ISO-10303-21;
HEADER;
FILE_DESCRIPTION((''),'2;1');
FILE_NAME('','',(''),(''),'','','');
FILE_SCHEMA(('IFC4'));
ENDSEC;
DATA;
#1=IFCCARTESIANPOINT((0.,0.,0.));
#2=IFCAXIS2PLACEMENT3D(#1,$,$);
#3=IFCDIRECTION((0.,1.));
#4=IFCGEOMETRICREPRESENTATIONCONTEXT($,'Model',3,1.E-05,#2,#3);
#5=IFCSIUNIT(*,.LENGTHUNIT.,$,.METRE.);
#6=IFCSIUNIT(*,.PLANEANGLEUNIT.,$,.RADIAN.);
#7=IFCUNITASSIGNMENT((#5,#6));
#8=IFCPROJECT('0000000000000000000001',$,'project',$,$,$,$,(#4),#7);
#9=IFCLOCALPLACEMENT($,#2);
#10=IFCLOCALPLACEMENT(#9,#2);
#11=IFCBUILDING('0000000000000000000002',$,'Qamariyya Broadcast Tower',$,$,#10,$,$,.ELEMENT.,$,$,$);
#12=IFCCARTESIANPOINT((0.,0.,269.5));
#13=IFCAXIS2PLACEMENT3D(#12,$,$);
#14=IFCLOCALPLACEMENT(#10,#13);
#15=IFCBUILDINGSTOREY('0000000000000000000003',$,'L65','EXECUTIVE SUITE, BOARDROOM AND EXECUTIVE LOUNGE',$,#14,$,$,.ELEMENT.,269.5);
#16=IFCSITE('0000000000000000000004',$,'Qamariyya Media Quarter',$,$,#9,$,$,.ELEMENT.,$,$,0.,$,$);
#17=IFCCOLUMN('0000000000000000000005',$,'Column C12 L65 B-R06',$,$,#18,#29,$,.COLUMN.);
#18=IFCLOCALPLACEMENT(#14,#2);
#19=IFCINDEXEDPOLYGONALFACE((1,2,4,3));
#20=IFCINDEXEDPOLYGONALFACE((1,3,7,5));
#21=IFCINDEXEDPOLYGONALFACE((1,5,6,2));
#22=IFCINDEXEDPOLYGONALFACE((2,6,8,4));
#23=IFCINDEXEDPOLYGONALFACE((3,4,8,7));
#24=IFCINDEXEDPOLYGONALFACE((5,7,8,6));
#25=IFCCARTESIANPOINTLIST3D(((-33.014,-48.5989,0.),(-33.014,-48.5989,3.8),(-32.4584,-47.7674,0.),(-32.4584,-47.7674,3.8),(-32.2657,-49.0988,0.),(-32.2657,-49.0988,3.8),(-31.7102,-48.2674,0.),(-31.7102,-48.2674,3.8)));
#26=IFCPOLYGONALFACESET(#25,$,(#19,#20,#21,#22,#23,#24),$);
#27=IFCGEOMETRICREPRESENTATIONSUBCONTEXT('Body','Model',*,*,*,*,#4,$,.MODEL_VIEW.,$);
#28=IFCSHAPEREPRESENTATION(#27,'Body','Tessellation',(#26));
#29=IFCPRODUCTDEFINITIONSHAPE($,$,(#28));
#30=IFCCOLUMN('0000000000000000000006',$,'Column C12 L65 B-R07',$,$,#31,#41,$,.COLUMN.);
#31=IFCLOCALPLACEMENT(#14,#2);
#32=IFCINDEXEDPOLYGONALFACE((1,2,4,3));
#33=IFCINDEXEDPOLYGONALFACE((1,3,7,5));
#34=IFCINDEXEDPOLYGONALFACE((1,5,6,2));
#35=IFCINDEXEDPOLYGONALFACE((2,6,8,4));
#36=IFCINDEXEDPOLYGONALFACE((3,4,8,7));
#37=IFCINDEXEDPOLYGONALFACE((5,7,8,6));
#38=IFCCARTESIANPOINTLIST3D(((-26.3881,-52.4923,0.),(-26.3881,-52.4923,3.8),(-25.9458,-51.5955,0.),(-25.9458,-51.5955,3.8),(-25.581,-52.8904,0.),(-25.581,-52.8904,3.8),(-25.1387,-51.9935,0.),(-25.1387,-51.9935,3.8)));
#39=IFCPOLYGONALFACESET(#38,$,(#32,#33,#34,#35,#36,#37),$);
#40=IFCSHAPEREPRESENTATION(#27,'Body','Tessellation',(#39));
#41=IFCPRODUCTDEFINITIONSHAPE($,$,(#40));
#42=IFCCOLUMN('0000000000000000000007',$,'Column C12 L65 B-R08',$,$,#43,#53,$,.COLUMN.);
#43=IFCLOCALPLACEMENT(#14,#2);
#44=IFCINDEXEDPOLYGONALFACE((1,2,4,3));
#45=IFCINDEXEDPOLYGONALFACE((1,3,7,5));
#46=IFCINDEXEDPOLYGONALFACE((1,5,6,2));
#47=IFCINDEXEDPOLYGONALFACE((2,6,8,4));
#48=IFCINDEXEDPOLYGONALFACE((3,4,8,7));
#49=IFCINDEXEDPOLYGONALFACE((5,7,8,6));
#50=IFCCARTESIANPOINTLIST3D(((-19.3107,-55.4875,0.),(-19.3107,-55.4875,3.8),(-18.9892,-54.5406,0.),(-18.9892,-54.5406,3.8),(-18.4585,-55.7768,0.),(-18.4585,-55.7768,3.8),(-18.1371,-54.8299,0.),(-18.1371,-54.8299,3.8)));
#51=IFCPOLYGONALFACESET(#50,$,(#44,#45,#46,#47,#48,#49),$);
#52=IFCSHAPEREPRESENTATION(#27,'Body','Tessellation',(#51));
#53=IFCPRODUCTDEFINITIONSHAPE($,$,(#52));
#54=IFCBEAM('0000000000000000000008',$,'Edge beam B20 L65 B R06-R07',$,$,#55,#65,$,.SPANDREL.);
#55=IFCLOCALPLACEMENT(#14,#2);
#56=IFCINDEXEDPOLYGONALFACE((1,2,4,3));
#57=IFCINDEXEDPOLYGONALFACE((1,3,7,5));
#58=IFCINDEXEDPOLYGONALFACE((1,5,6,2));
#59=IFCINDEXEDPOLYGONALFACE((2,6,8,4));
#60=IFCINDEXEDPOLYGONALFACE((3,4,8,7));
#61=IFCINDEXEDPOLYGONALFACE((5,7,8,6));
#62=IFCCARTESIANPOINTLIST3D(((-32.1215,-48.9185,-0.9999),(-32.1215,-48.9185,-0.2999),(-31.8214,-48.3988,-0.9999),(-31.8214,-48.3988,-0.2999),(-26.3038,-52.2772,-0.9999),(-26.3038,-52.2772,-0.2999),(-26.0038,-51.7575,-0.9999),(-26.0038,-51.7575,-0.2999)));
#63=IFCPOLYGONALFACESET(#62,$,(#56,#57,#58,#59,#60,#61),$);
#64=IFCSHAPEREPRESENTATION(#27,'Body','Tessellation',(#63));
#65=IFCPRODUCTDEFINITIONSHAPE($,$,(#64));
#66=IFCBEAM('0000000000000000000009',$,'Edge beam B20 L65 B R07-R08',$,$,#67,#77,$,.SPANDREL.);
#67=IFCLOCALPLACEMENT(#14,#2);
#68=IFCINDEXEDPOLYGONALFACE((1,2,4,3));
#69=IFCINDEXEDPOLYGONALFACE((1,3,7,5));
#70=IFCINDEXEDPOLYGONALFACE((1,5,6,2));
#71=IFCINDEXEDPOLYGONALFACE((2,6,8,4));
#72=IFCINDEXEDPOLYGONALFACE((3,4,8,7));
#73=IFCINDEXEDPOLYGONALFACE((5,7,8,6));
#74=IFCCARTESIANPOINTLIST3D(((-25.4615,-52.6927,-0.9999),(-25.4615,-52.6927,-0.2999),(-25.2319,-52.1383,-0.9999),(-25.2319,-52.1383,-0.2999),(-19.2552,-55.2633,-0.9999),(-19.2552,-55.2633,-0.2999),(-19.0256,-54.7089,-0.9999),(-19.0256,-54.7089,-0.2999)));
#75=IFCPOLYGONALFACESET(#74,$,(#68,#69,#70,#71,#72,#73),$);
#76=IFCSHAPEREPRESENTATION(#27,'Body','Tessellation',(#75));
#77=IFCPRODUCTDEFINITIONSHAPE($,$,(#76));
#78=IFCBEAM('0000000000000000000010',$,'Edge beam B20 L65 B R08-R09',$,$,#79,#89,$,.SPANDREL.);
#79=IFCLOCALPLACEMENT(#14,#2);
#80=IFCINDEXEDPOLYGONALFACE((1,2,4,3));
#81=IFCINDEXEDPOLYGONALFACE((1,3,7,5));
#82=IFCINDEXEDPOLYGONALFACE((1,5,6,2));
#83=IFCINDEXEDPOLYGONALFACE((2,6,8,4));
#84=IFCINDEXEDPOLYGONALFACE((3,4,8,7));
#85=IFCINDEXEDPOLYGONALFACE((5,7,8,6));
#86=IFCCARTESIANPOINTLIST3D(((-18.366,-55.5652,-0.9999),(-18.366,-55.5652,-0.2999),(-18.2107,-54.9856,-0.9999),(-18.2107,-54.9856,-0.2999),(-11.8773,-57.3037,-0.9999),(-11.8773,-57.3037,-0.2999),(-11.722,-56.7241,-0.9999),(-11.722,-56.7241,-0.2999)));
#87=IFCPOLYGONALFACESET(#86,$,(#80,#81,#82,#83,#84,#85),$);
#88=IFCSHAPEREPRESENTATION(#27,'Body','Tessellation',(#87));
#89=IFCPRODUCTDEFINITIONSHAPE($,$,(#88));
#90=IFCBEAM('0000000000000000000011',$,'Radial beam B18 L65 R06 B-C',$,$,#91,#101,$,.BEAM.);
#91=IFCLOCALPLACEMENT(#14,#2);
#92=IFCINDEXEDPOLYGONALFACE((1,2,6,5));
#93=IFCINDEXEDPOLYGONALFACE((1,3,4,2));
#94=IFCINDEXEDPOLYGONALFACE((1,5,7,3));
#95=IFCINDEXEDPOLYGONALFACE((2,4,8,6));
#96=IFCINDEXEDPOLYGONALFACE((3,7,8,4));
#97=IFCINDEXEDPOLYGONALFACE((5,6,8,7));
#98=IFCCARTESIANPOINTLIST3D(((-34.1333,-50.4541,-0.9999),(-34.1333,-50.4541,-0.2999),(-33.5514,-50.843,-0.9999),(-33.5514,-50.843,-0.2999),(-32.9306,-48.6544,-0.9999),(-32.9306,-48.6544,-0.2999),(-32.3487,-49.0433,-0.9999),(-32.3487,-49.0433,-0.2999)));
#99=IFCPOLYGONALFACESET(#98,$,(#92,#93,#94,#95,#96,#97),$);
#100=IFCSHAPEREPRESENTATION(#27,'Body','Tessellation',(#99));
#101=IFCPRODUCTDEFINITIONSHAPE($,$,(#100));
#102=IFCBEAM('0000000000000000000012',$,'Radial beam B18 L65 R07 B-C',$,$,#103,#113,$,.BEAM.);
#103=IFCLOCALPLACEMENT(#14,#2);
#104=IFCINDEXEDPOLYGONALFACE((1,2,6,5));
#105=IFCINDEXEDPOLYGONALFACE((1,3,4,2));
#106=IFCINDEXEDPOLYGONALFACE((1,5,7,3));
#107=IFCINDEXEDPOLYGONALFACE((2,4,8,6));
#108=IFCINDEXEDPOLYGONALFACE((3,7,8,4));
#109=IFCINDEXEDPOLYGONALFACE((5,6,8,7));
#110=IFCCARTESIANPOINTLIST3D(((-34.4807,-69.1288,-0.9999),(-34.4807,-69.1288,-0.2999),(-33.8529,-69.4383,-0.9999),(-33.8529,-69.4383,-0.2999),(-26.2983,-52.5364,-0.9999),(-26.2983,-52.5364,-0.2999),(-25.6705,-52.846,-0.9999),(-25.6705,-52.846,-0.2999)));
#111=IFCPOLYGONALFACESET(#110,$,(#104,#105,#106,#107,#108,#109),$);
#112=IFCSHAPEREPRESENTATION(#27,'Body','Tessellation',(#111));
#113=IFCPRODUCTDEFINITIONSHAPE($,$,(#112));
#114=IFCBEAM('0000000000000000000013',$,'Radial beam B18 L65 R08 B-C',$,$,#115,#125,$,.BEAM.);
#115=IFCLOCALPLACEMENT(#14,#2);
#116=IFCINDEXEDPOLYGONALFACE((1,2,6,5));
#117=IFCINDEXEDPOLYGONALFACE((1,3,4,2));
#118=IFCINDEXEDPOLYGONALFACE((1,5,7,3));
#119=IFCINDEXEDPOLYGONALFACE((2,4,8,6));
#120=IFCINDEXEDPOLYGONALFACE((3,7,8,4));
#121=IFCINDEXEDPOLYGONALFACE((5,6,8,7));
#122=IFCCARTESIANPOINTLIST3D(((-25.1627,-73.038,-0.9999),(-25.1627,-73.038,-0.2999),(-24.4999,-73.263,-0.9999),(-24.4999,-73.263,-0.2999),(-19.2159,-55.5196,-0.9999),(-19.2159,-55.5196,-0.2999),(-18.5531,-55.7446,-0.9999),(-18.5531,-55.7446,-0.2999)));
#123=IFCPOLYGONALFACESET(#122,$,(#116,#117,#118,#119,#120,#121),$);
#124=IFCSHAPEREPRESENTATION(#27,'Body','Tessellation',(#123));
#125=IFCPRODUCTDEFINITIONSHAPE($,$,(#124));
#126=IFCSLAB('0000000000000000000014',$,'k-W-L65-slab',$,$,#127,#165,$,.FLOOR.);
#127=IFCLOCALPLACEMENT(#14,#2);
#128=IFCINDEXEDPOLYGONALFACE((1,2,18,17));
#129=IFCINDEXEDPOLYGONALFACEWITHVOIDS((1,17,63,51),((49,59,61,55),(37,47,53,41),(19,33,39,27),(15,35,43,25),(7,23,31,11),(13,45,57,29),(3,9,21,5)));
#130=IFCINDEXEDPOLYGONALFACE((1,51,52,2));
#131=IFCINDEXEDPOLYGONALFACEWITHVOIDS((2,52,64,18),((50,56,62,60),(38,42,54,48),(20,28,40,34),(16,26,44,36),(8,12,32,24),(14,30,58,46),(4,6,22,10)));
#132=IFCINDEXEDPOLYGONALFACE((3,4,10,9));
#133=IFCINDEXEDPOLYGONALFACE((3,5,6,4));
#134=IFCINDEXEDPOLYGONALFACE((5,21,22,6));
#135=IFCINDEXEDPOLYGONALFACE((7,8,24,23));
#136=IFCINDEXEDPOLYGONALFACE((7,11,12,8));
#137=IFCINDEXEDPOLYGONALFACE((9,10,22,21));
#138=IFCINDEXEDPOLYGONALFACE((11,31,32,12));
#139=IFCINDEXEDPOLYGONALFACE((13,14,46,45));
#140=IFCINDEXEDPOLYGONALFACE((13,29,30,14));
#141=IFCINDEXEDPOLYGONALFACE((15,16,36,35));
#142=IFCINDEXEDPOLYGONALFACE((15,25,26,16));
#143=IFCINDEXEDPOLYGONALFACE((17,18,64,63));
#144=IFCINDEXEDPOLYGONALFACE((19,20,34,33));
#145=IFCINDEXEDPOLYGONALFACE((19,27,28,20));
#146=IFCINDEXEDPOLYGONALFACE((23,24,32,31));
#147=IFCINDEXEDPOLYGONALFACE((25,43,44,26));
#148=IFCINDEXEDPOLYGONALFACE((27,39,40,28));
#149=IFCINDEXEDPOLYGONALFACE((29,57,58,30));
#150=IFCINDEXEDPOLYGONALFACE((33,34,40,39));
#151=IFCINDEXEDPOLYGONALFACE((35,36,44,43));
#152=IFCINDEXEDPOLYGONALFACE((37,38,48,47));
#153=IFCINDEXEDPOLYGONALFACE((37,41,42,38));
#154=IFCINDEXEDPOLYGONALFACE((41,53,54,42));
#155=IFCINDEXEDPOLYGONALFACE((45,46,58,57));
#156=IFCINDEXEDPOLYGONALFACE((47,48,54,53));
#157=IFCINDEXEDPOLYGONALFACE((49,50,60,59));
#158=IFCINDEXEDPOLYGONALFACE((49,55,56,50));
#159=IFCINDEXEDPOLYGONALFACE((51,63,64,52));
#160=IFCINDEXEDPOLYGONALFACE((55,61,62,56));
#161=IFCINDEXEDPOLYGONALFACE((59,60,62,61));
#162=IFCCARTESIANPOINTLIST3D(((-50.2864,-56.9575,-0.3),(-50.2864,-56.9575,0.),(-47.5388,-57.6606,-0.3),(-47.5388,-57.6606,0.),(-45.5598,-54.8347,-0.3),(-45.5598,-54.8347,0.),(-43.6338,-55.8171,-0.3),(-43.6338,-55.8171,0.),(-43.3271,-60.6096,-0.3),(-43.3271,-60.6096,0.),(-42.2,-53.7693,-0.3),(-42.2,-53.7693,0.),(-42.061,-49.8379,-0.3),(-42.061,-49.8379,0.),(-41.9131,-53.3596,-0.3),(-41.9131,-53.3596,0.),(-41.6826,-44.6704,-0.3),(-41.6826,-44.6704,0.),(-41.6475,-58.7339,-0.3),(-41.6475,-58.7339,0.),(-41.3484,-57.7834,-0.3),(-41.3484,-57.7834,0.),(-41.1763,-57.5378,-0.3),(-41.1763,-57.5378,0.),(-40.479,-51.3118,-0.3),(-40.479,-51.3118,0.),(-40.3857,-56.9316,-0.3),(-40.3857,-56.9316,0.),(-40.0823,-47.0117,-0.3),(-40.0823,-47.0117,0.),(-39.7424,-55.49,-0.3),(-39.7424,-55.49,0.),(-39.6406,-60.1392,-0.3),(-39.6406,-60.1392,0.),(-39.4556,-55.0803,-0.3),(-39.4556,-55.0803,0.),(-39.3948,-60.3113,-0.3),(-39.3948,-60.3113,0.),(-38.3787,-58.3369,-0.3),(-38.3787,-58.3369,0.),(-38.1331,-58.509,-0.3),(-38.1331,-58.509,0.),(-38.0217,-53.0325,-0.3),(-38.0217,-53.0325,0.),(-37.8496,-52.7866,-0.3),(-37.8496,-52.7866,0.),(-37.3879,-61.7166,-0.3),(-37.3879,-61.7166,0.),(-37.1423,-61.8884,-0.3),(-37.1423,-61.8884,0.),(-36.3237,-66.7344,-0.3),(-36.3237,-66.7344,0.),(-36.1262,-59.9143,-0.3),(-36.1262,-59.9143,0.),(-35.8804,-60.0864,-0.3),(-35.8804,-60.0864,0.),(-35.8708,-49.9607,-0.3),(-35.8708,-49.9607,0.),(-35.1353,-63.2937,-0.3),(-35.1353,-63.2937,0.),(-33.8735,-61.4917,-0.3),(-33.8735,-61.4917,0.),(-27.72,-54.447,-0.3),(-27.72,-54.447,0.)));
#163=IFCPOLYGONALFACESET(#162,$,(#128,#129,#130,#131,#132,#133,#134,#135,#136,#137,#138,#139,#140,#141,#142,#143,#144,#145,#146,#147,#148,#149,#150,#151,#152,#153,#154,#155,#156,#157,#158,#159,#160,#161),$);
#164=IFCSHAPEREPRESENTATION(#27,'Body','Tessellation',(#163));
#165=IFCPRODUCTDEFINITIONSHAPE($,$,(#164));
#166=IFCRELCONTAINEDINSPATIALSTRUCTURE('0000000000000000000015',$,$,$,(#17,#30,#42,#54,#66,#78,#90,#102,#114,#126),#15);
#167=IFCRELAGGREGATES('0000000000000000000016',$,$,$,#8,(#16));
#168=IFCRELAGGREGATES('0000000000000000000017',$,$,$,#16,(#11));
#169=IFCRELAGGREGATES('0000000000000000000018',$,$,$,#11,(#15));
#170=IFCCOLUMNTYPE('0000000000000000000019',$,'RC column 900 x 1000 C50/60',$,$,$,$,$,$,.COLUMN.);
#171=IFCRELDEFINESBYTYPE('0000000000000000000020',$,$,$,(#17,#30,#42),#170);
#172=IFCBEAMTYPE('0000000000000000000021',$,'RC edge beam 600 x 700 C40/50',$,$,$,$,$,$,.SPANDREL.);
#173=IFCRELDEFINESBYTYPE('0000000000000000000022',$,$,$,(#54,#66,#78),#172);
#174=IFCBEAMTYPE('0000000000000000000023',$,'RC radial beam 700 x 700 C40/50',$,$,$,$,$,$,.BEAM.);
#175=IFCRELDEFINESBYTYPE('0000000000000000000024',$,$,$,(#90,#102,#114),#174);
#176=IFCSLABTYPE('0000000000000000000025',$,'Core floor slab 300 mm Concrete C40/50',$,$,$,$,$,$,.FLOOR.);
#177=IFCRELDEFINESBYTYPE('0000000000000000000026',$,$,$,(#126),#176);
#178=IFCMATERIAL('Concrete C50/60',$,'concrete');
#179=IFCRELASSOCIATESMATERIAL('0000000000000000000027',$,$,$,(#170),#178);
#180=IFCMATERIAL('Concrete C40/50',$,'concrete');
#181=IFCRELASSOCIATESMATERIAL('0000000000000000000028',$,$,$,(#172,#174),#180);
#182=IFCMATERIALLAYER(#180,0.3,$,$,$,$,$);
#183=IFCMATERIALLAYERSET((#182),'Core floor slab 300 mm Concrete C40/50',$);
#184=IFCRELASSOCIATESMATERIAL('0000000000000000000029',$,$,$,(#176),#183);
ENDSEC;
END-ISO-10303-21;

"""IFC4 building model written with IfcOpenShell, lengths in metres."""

from ifc_helpers import new_model, si_unit, direction, frame, origin, origin_2d, place, context, subcontext, project, spatial, polyline, rectangle, outline, extrude, material, layer, layer_set, material_profile, profile_set, type_object, element, save


model = new_model("IFC4")

# Units and contexts
model_context = context("Model", 3, precision=1e-05, world=origin(), true_north=direction((0.0, 1.0)))
body_context = subcontext(model_context, "Body", "Model", "MODEL_VIEW")
ifc_project = project(units=[si_unit("LENGTHUNIT", "METRE"), si_unit("PLANEANGLEUNIT", "RADIAN")], contexts=[model_context])

# Site, building, storey
site_placement = place(None, origin())
site = spatial("IfcSite", under=ifc_project, at=site_placement, Name="Qamariyya Media Quarter", CompositionType="ELEMENT", RefElevation=0.0)
building_placement = place(site_placement, origin())
building = spatial("IfcBuilding", under=site, at=building_placement, Name="Qamariyya Broadcast Tower", CompositionType="ELEMENT")
storey_placement = place(building_placement, frame((0.0, 0.0, 269.5)))
storey = spatial("IfcBuildingStorey", under=building, at=storey_placement, Name="L65", Description="EXECUTIVE SUITE, BOARDROOM AND EXECUTIVE LOUNGE", CompositionType="ELEMENT", Elevation=269.5)

# Columns
ifc_material_1 = material(Name="Concrete C50/60", Category="concrete")
ifc_material_profile_1 = material_profile(ifc_material_1, rectangle(XDim=0.8999, YDim=1.0, at=origin_2d()))
ifc_profile_set_1 = profile_set([ifc_material_profile_1], Name="Concrete C50/60")
column_type = type_object("IfcColumnType", Name="RC column 900 x 1000 C50/60", PredefinedType="COLUMN", material=ifc_profile_set_1)
for number, where, z_axis, x_axis, name in (
    (1, (-32.3621, -48.4331, 0.0), (0.0, 0.0, 1.0), (0.83147, -0.55557, 0.0), "Column C12 L65 B-R06"),
    (2, (-25.7634, -52.2429, 0.0), (0.0, 0.0, 1.0), (0.896873, -0.442289, 0.0), "Column C12 L65 B-R07"),
    (3, (-18.7239, -55.1587, 0.0), (0.0, 0.0, 1.0), (0.94693, -0.321439, 0.0), "Column C12 L65 B-R08"),
):
    element("IfcColumn", number, at=place(storey_placement, frame(where, z_axis=z_axis, x_axis=x_axis)), inside=storey, type_object=column_type, Name=name, PredefinedType="COLUMN", context=body_context, shape_type="SweptSolid", body=[
        extrude(rectangle(XDim=0.8999, YDim=1.0, at=origin_2d()), origin(), (0.0, 0.0, 1.0), 3.8),
    ])

# Beams
ifc_material_2 = material(Name="Concrete C40/50", Category="concrete")
ifc_material_profile_2 = material_profile(ifc_material_2, rectangle(XDim=0.6001, YDim=0.7, at=origin_2d()))
ifc_profile_set_2 = profile_set([ifc_material_profile_2], Name="Concrete C40/50")
beam_type_1 = type_object("IfcBeamType", Name="RC edge beam 600 x 700 C40/50", PredefinedType="SPANDREL", material=ifc_profile_set_2)
for number, where, z_axis, x_axis, name in (
    (4, (-31.9714, -48.6587, -0.6499), (0.866036, -0.499981, 0.0), (0.499981, 0.866036, 0.0), "Edge beam B20 L65 B R06-R07"),
    (5, (-25.3467, -52.4155, -0.6499), (0.923889, -0.382661, 0.0), (0.382661, 0.923889, 0.0), "Edge beam B20 L65 B R07-R08"),
    (6, (-18.2883, -55.2754, -0.6499), (0.965931, -0.2588, 0.0), (0.2588, 0.965931, 0.0), "Edge beam B20 L65 B R08-R09"),
):
    element("IfcBeam", number, at=place(storey_placement, frame(where, z_axis=z_axis, x_axis=x_axis)), inside=storey, type_object=beam_type_1, Name=name, PredefinedType="SPANDREL", context=body_context, shape_type="SweptSolid", body=[
        extrude(rectangle(XDim=0.6001, YDim=0.7, at=origin_2d()), origin(), (0.0, 0.0, 1.0), 6.7175),
    ])
ifc_material_profile_3 = material_profile(ifc_material_2, rectangle(XDim=0.7, YDim=0.7, at=origin_2d()))
ifc_profile_set_3 = profile_set([ifc_material_profile_3], Name="Concrete C40/50")
beam_type_2 = type_object("IfcBeamType", Name="RC radial beam 700 x 700 C40/50", PredefinedType="BEAM", material=ifc_profile_set_3)
beam_placement = place(storey_placement, frame((-32.6396, -48.8489, -0.6499), z_axis=(-0.555637, -0.831425, 0.0), x_axis=(0.831425, -0.555637, 0.0)))
element("IfcBeam", 7, at=beam_placement, inside=storey, type_object=beam_type_2, Name="Radial beam B18 L65 R06 B-C", PredefinedType="BEAM", context=body_context, shape_type="SweptSolid", body=[
    extrude(rectangle(XDim=0.7, YDim=0.7, at=origin_2d()), origin(), (0.0, 0.0, 1.0), 2.1646),
])
for number, where, z_axis, x_axis, name in (
    (8, (-25.9844, -52.6912, -0.6499), (-0.442287, -0.896874, 0.0), (0.896874, -0.442287, 0.0), "Radial beam B18 L65 R07 B-C"),
    (9, (-18.8845, -55.6321, -0.6499), (-0.321445, -0.946928, 0.0), (0.946928, -0.321445, 0.0), "Radial beam B18 L65 R08 B-C"),
):
    element("IfcBeam", number, at=place(storey_placement, frame(where, z_axis=z_axis, x_axis=x_axis)), inside=storey, type_object=beam_type_2, Name=name, PredefinedType="BEAM", context=body_context, shape_type="SweptSolid", body=[
        extrude(rectangle(XDim=0.7, YDim=0.7, at=origin_2d()), origin(), (0.0, 0.0, 1.0), 18.5002),
    ])

# Slab
ifc_layer_1 = layer(ifc_material_2, 0.3)
ifc_layer_set_1 = layer_set([ifc_layer_1], Name="Core floor slab 300 mm Concrete C40/50")
slab_type_1 = type_object("IfcSlabType", Name="Core floor slab 300 mm Concrete C40/50", PredefinedType="FLOOR", material=ifc_layer_set_1)
slab_1_placement = place(storey_placement, frame((0.0, 0.0, -0.3)))
element("IfcSlab", 10, at=slab_1_placement, inside=storey, type_object=slab_type_1, Name="k-W-L65-slab", PredefinedType="FLOOR", context=body_context, shape_type="SweptSolid", body=[
    extrude(outline(polyline([(-50.2864, -56.9575), (-36.3237, -66.7344), (-27.72, -54.447), (-41.6826, -44.6704), (-50.2864, -56.9575)]), holes=[polyline([(-33.8735, -61.4917), (-35.8804, -60.0864), (-37.1423, -61.8884), (-35.1353, -63.2937), (-33.8735, -61.4917)]), polyline([(-36.1262, -59.9143), (-38.1331, -58.509), (-39.3948, -60.3113), (-37.3879, -61.7166), (-36.1262, -59.9143)]), polyline([(-38.3787, -58.3369), (-40.3857, -56.9316), (-41.6475, -58.7339), (-39.6406, -60.1392), (-38.3787, -58.3369)]), polyline([(-39.7424, -55.49), (-42.2, -53.7693), (-43.6338, -55.8171), (-41.1763, -57.5378), (-39.7424, -55.49)]), polyline([(-39.4556, -55.0803), (-41.9131, -53.3596), (-40.479, -51.3118), (-38.0217, -53.0325), (-39.4556, -55.0803)]), polyline([(-42.061, -49.8379), (-37.8496, -52.7866), (-35.8708, -49.9607), (-40.0823, -47.0117), (-42.061, -49.8379)]), polyline([(-47.5388, -57.6606), (-43.3271, -60.6096), (-41.3484, -57.7834), (-45.5598, -54.8347), (-47.5388, -57.6606)])]), origin(), (0.0, 0.0, 1.0), 0.3),
])

save(model, "model.ifc")
